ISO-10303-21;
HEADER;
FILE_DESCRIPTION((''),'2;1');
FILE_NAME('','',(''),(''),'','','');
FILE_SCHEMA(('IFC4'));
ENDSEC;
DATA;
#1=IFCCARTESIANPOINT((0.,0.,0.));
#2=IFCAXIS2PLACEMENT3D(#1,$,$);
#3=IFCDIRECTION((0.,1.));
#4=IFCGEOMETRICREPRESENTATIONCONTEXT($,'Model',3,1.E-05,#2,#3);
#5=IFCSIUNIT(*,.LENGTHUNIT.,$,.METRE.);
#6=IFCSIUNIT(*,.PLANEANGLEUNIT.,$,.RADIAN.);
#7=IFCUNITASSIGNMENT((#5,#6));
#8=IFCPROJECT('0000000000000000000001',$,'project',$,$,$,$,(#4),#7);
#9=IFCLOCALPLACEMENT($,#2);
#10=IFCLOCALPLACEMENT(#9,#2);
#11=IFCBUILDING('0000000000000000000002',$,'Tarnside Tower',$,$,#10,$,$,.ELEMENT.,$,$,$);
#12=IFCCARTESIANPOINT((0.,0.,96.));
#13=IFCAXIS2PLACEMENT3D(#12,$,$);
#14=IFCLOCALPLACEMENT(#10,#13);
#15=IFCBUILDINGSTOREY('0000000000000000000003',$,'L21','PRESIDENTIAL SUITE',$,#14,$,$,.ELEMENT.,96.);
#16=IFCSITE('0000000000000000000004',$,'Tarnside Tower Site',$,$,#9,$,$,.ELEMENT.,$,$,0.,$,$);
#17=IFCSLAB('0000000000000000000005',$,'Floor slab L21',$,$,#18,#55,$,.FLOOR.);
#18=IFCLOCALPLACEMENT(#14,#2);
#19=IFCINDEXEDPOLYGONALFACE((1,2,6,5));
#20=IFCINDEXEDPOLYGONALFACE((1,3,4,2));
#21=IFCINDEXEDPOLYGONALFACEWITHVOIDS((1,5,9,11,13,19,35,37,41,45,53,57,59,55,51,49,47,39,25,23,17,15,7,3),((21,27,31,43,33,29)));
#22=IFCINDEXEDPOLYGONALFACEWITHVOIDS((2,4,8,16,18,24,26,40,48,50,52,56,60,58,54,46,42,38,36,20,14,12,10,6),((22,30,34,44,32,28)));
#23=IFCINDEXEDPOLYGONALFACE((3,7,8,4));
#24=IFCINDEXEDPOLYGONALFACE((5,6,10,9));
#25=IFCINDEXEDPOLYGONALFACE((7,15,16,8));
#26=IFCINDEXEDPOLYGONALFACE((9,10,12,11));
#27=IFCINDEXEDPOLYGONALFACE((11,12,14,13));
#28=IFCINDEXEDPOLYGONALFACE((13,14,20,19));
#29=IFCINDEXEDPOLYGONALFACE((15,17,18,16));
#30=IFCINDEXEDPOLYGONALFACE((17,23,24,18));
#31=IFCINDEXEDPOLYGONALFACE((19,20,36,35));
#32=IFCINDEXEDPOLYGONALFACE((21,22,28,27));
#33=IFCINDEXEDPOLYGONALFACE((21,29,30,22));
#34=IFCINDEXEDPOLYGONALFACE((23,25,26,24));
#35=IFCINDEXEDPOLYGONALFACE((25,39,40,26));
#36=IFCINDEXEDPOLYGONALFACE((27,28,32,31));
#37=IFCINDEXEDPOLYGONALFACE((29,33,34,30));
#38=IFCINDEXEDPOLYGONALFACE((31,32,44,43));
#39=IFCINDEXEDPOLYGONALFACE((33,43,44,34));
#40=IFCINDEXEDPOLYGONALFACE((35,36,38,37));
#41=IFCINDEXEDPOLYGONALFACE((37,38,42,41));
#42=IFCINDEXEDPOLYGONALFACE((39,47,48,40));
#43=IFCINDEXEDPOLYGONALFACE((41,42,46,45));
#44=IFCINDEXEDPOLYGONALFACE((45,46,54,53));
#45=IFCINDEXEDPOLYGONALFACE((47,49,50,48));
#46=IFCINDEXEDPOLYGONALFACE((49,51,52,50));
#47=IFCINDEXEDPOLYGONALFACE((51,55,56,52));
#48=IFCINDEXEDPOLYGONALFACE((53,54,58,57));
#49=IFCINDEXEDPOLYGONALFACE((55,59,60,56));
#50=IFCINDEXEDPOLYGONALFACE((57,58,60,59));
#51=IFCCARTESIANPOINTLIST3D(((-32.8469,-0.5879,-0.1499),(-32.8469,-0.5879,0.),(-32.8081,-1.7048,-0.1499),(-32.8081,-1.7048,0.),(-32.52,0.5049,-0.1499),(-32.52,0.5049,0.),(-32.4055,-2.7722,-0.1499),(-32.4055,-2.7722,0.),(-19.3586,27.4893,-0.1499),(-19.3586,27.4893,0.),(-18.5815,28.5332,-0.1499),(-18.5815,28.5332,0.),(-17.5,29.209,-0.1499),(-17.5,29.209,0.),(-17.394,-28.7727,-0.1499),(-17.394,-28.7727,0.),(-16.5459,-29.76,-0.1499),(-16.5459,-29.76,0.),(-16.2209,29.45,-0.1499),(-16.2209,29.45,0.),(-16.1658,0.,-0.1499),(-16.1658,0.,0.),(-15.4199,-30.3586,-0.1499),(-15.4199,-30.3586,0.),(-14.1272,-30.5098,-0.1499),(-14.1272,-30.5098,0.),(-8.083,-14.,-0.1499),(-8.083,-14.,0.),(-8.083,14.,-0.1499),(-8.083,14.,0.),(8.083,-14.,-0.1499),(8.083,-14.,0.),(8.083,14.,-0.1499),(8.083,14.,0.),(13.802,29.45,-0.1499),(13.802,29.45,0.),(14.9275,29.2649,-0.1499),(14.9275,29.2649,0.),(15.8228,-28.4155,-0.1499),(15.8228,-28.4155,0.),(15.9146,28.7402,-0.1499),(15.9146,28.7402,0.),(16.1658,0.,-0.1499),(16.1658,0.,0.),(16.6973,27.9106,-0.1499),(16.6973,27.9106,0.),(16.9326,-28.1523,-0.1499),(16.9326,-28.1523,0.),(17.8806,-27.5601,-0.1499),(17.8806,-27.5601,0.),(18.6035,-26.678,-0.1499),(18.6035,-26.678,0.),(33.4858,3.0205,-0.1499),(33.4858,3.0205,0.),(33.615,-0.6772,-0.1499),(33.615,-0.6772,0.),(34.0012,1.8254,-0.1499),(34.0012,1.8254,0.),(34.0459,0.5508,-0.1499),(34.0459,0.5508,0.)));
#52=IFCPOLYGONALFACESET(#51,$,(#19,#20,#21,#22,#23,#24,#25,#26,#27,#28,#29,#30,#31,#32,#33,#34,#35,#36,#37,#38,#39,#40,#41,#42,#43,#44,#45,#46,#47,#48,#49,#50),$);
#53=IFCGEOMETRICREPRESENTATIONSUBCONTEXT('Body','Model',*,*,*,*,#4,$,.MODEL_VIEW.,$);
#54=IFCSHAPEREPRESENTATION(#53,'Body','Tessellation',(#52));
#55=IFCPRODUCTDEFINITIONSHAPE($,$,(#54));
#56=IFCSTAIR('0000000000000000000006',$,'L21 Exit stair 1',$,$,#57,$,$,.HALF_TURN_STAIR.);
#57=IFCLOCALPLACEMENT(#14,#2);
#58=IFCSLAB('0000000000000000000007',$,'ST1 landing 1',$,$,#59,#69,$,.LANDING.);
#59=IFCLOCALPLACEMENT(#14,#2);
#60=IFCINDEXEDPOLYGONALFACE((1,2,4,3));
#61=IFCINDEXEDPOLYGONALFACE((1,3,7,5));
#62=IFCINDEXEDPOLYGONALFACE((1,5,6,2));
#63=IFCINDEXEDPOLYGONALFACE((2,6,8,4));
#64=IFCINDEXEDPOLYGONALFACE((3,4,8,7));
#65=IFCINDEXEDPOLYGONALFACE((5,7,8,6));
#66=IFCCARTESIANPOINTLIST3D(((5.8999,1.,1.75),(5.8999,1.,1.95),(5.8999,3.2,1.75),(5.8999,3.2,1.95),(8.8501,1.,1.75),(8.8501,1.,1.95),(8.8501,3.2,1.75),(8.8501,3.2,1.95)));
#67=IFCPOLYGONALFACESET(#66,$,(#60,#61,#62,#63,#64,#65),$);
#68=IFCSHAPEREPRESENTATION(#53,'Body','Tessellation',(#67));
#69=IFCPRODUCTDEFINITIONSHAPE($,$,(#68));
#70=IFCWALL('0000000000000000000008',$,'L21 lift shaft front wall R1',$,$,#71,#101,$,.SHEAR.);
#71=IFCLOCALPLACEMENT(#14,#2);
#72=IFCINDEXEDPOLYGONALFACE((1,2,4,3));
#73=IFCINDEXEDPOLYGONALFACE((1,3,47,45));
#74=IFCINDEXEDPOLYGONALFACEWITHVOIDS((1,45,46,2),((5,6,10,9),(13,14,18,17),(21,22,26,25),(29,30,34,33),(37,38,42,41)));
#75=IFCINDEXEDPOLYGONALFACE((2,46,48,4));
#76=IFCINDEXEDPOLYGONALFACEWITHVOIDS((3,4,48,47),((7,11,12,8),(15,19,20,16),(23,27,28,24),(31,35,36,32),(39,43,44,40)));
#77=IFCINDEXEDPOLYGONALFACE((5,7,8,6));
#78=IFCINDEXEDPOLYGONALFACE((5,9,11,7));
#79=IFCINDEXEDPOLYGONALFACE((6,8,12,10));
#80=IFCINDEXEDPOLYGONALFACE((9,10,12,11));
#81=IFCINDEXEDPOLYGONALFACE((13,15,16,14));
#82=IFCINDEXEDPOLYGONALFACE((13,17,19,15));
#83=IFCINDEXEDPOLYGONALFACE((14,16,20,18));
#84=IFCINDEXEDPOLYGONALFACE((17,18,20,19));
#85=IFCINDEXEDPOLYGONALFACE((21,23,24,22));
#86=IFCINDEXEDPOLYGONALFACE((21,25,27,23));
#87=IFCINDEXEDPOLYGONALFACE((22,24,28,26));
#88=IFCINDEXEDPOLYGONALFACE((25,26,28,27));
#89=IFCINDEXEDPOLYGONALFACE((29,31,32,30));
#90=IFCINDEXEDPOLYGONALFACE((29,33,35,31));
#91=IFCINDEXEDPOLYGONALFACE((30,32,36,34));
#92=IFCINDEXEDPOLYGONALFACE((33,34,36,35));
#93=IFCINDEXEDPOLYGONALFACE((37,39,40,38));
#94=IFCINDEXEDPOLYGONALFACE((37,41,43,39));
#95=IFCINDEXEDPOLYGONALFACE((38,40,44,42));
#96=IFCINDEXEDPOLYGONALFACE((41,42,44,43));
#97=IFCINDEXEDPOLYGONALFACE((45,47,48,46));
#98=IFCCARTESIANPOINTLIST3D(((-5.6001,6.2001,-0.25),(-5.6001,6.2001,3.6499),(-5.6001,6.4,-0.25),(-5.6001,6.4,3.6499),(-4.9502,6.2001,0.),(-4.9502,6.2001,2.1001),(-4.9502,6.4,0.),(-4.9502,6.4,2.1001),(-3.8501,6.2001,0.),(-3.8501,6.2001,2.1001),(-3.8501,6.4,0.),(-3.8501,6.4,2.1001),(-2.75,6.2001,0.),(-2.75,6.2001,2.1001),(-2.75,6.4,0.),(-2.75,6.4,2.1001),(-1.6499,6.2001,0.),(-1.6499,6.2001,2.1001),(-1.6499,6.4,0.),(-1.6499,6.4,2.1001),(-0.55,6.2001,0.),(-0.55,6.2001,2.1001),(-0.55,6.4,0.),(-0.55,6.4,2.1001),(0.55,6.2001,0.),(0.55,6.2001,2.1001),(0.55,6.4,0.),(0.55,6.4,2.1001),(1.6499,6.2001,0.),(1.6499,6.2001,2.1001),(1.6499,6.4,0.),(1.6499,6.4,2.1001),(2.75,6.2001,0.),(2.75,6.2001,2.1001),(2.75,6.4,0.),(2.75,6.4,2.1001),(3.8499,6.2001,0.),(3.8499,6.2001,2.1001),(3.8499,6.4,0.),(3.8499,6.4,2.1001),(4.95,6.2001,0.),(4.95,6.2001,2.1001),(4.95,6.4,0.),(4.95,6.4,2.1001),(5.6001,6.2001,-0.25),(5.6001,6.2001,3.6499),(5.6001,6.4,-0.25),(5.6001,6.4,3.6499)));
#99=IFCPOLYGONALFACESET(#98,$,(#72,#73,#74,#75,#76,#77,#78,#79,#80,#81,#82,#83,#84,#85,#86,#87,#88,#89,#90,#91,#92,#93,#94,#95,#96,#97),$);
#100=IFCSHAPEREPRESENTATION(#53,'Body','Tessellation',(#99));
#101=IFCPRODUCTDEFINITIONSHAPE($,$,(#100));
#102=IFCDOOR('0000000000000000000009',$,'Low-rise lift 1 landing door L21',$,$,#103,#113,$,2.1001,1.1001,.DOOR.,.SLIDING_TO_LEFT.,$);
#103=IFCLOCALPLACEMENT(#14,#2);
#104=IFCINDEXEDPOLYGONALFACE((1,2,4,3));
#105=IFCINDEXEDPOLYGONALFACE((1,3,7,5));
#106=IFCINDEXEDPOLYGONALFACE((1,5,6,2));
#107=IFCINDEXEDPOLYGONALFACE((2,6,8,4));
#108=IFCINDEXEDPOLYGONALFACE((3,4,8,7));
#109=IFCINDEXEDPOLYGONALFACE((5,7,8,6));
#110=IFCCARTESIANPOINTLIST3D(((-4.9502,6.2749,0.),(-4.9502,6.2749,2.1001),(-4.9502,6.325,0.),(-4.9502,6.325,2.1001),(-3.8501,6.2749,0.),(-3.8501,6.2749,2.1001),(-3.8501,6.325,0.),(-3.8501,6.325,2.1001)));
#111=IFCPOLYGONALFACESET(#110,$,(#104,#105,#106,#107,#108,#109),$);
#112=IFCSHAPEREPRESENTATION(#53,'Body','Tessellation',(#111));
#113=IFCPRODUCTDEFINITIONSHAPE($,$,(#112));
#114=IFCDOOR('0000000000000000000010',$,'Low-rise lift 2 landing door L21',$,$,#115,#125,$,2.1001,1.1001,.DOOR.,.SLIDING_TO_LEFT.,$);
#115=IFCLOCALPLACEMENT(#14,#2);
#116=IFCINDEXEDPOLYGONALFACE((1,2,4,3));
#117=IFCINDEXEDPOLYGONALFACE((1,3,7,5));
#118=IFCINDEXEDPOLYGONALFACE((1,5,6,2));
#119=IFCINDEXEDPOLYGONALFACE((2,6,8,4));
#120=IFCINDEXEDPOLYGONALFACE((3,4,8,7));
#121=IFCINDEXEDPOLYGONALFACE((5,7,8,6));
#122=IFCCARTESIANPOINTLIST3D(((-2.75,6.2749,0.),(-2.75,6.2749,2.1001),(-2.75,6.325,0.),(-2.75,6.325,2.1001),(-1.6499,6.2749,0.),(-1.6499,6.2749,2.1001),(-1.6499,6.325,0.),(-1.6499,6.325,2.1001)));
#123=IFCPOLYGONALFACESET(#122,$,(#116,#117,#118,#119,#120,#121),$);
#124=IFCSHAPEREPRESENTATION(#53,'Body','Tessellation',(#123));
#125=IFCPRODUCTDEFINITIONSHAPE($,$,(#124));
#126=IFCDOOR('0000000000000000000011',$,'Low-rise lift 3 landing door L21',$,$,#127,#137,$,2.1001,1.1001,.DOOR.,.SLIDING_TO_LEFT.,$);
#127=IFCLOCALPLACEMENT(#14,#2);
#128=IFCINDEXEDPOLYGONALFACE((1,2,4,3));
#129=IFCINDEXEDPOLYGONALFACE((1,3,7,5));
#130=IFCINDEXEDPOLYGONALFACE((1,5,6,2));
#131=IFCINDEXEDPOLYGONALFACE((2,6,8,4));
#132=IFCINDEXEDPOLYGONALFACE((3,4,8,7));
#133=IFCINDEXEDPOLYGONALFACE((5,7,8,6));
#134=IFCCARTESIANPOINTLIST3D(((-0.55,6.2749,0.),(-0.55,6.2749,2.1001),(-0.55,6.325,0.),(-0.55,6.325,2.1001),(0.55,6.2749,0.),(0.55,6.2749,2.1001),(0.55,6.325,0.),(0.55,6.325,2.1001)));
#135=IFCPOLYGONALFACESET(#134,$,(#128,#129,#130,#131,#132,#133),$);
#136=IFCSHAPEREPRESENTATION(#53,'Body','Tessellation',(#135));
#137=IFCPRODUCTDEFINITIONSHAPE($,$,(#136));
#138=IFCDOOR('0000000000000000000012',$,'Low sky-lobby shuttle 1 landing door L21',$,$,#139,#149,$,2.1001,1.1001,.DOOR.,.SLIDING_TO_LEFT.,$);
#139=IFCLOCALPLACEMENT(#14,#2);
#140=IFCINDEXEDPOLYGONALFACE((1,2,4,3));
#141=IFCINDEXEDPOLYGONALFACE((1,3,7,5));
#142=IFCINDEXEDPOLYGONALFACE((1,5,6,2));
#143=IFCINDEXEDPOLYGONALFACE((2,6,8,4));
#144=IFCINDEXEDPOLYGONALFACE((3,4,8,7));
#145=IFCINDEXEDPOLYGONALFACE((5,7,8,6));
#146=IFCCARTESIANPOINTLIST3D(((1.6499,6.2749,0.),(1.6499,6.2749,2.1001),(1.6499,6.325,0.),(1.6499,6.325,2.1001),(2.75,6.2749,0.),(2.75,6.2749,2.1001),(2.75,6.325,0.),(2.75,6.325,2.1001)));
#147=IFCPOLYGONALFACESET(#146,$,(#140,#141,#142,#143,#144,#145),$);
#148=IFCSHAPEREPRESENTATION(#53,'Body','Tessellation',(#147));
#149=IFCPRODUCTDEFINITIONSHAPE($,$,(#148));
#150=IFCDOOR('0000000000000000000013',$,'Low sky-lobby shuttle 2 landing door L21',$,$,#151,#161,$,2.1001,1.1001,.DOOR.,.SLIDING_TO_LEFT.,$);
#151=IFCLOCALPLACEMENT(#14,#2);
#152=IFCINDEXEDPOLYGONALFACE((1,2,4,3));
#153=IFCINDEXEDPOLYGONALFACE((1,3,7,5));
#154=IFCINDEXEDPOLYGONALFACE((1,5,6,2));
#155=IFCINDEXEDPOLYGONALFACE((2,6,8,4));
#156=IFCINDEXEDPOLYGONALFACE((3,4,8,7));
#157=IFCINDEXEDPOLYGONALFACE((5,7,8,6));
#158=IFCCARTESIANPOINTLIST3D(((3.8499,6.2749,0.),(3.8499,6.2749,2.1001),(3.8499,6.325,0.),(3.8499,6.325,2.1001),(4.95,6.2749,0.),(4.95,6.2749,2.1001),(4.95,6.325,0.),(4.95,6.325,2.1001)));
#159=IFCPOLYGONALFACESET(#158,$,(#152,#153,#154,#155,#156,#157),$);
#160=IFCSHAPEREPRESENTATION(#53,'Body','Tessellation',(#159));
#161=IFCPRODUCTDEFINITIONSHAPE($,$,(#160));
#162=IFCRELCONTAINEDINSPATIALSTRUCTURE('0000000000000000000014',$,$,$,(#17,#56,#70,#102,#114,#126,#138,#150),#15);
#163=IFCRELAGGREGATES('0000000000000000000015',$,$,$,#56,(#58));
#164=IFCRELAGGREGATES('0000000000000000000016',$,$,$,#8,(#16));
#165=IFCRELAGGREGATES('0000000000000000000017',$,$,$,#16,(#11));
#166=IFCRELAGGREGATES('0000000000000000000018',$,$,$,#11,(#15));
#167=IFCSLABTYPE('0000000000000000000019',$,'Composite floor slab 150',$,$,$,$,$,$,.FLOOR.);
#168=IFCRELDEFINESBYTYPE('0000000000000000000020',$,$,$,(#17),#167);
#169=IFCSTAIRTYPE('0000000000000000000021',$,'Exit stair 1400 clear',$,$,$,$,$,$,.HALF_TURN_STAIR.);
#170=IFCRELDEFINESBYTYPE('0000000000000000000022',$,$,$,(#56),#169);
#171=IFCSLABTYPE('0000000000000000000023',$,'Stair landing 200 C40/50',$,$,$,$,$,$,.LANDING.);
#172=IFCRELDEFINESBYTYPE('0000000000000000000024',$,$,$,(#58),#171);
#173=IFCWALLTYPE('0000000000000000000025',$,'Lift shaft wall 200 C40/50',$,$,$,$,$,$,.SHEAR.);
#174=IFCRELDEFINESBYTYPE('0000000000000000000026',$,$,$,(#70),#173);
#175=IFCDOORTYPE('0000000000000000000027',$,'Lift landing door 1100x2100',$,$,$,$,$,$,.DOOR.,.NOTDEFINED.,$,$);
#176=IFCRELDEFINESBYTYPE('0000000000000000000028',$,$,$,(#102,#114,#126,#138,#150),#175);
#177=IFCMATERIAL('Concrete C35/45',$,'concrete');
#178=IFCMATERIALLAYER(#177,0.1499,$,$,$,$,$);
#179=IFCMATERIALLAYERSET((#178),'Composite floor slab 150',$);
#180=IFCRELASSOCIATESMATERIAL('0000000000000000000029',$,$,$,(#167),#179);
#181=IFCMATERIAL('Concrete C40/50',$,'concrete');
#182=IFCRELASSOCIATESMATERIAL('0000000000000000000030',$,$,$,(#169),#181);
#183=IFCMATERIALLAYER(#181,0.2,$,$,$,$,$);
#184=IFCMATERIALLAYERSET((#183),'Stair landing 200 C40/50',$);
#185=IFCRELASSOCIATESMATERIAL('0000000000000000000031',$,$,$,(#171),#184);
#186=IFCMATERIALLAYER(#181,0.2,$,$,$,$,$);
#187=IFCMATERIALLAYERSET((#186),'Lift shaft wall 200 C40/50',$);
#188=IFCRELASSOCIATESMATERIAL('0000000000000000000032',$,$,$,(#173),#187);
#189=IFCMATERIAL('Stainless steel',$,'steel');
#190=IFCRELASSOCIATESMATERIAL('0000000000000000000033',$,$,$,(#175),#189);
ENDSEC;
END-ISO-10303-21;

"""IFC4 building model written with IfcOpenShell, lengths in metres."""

from ifc_helpers import new_model, si_unit, direction, frame, frame_2d, origin, place, context, subcontext, project, spatial, polyline, rectangle, outline, extrude, material, layer, layer_set, type_object, element, fill, aggregate, save


model = new_model("IFC4")

# Units and contexts
model_context = context("Model", 3, precision=1e-05, world=origin(), true_north=direction((0.0, 1.0)))
body_context = subcontext(model_context, "Body", "Model", "MODEL_VIEW")
ifc_project = project(units=[si_unit("LENGTHUNIT", "METRE"), si_unit("PLANEANGLEUNIT", "RADIAN")], contexts=[model_context])

# Site, building, storey
site_placement = place(None, origin())
site = spatial("IfcSite", under=ifc_project, at=site_placement, Name="Tarnside Tower Site", CompositionType="ELEMENT", RefElevation=0.0)
building_placement = place(site_placement, origin())
building = spatial("IfcBuilding", under=site, at=building_placement, Name="Tarnside Tower", CompositionType="ELEMENT")
storey_placement = place(building_placement, frame((0.0, 0.0, 96.0)))
storey = spatial("IfcBuildingStorey", under=building, at=storey_placement, Name="L21", Description="PRESIDENTIAL SUITE", CompositionType="ELEMENT", Elevation=96.0)

# Slab
ifc_material_1 = material(Name="Concrete C35/45", Category="concrete")
ifc_layer_1 = layer(ifc_material_1, 0.1499)
ifc_layer_set_1 = layer_set([ifc_layer_1], Name="Composite floor slab 150")
slab_type_1 = type_object("IfcSlabType", Name="Composite floor slab 150", PredefinedType="FLOOR", material=ifc_layer_set_1)
slab_1_placement = place(storey_placement, frame((0.0, 0.0, -0.1499)))
element("IfcSlab", 1, at=slab_1_placement, inside=storey, type_object=slab_type_1, Name="Floor slab L21", PredefinedType="FLOOR", context=body_context, shape_type="SweptSolid", body=[
    extrude(outline(polyline([(14.9275, 29.2649), (15.9146, 28.7402), (16.6973, 27.9106), (33.4858, 3.0205), (34.0012, 1.8254), (34.0459, 0.5508), (33.615, -0.6772), (18.6035, -26.678), (17.8806, -27.5601), (16.9326, -28.1523), (15.8228, -28.4155), (-14.1272, -30.5098), (-15.4199, -30.3586), (-16.5459, -29.76), (-17.394, -28.7727), (-32.4055, -2.7722), (-32.8081, -1.7048), (-32.8469, -0.5879), (-32.52, 0.5049), (-19.3586, 27.4893), (-18.5815, 28.5332), (-17.5, 29.209), (-16.2209, 29.45), (13.802, 29.45), (14.9275, 29.2649)]), holes=[polyline([(-16.1658, 0.0), (-8.083, -14.0), (8.083, -14.0), (16.1658, 0.0), (8.083, 14.0), (-8.083, 14.0), (-16.1658, 0.0)])]), origin(), (0.0, 0.0, 1.0), 0.1499),
])

# Stair, slab
ifc_material_2 = material(Name="Concrete C40/50", Category="concrete")
stair_type = type_object("IfcStairType", Name="Exit stair 1400 clear", PredefinedType="HALF_TURN_STAIR", material=ifc_material_2)
stair_placement = place(storey_placement, origin())
stair = element("IfcStair", 2, at=stair_placement, inside=storey, type_object=stair_type, Name="L21 Exit stair 1", PredefinedType="HALF_TURN_STAIR")
ifc_layer_2 = layer(ifc_material_2, 0.2)
ifc_layer_set_2 = layer_set([ifc_layer_2], Name="Stair landing 200 C40/50")
slab_type_2 = type_object("IfcSlabType", Name="Stair landing 200 C40/50", PredefinedType="LANDING", material=ifc_layer_set_2)
slab_2_placement = place(storey_placement, frame((0.0, 0.0, 1.75)))
slab_2 = element("IfcSlab", 3, at=slab_2_placement, type_object=slab_type_2, Name="ST1 landing 1", PredefinedType="LANDING", context=body_context, shape_type="SweptSolid", body=[
    extrude(outline(polyline([(8.8501, 1.0), (8.8501, 3.2), (5.8999, 3.2), (5.8999, 1.0), (8.8501, 1.0)])), origin(), (0.0, 0.0, 1.0), 0.2),
])
aggregate(stair, [slab_2])

# Wall, openings, doors
ifc_layer_3 = layer(ifc_material_2, 0.2)
ifc_layer_set_3 = layer_set([ifc_layer_3], Name="Lift shaft wall 200 C40/50")
wall_type = type_object("IfcWallType", Name="Lift shaft wall 200 C40/50", PredefinedType="SHEAR", material=ifc_layer_set_3)
wall_placement = place(storey_placement, frame((-5.6001, 6.3, -0.25), z_axis=(0.0, 0.0, 1.0), x_axis=(1.0, 0.0, 0.0)))
wall = element("IfcWall", 4, at=wall_placement, inside=storey, type_object=wall_type, Name="L21 lift shaft front wall R1", PredefinedType="SHEAR", context=body_context, shape_type="SweptSolid", body=[
    extrude(rectangle(XDim=11.2002, YDim=0.2, at=frame_2d((5.6001, 0.0))), origin(), (0.0, 0.0, 1.0), 3.8999),
])
opening_1_placement = place(wall_placement, frame((0.6499, 0.0, 0.25)))
opening_1 = element("IfcOpeningElement", 5, at=opening_1_placement, cuts=wall, PredefinedType="OPENING", context=body_context, shape_type="SweptSolid", body=[
    extrude(rectangle(XDim=1.1001, YDim=2.1001, at=frame_2d((0.55, 1.05))), frame((0.0, 0.1099, 0.0), z_axis=(0.0, -1.0, 0.0), x_axis=(1.0, 0.0, 0.0)), (0.0, 0.0, 1.0), 0.22),
])
opening_2_placement = place(wall_placement, frame((2.8501, 0.0, 0.25)))
opening_2 = element("IfcOpeningElement", 6, at=opening_2_placement, cuts=wall, PredefinedType="OPENING", context=body_context, shape_type="SweptSolid", body=[
    extrude(rectangle(XDim=1.1001, YDim=2.1001, at=frame_2d((0.55, 1.05))), frame((0.0, 0.1099, 0.0), z_axis=(0.0, -1.0, 0.0), x_axis=(1.0, 0.0, 0.0)), (0.0, 0.0, 1.0), 0.22),
])
opening_3_placement = place(wall_placement, frame((5.05, 0.0, 0.25)))
opening_3 = element("IfcOpeningElement", 7, at=opening_3_placement, cuts=wall, PredefinedType="OPENING", context=body_context, shape_type="SweptSolid", body=[
    extrude(rectangle(XDim=1.1001, YDim=2.1001, at=frame_2d((0.55, 1.05))), frame((0.0, 0.1099, 0.0), z_axis=(0.0, -1.0, 0.0), x_axis=(1.0, 0.0, 0.0)), (0.0, 0.0, 1.0), 0.22),
])
opening_4_placement = place(wall_placement, frame((7.25, 0.0, 0.25)))
opening_4 = element("IfcOpeningElement", 8, at=opening_4_placement, cuts=wall, PredefinedType="OPENING", context=body_context, shape_type="SweptSolid", body=[
    extrude(rectangle(XDim=1.1001, YDim=2.1001, at=frame_2d((0.55, 1.05))), frame((0.0, 0.1099, 0.0), z_axis=(0.0, -1.0, 0.0), x_axis=(1.0, 0.0, 0.0)), (0.0, 0.0, 1.0), 0.22),
])
opening_5_placement = place(wall_placement, frame((9.45, 0.0, 0.25)))
opening_5 = element("IfcOpeningElement", 9, at=opening_5_placement, cuts=wall, PredefinedType="OPENING", context=body_context, shape_type="SweptSolid", body=[
    extrude(rectangle(XDim=1.1001, YDim=2.1001, at=frame_2d((0.55, 1.05))), frame((0.0, 0.1099, 0.0), z_axis=(0.0, -1.0, 0.0), x_axis=(1.0, 0.0, 0.0)), (0.0, 0.0, 1.0), 0.22),
])
ifc_material_3 = material(Name="Stainless steel", Category="steel")
door_type = type_object("IfcDoorType", Name="Lift landing door 1100x2100", OperationType="NOTDEFINED", PredefinedType="DOOR", material=ifc_material_3)
door_1_placement = place(opening_1_placement, origin())
door_1 = element("IfcDoor", 10, at=door_1_placement, inside=storey, type_object=door_type, Name="Low-rise lift 1 landing door L21", OperationType="SLIDING_TO_LEFT", OverallHeight=2.1001, OverallWidth=1.1001, PredefinedType="DOOR", context=body_context, shape_type="SweptSolid", body=[
    extrude(rectangle(XDim=1.1001, YDim=2.1001, at=frame_2d((0.55, 1.05))), frame((0.0, 0.0249, 0.0), z_axis=(0.0, -1.0, 0.0), x_axis=(1.0, 0.0, 0.0)), (0.0, 0.0, 1.0), 0.05),
])
fill(opening_1, door_1)
door_2_placement = place(opening_2_placement, origin())
door_2 = element("IfcDoor", 11, at=door_2_placement, inside=storey, type_object=door_type, Name="Low-rise lift 2 landing door L21", OperationType="SLIDING_TO_LEFT", OverallHeight=2.1001, OverallWidth=1.1001, PredefinedType="DOOR", context=body_context, shape_type="SweptSolid", body=[
    extrude(rectangle(XDim=1.1001, YDim=2.1001, at=frame_2d((0.55, 1.05))), frame((0.0, 0.0249, 0.0), z_axis=(0.0, -1.0, 0.0), x_axis=(1.0, 0.0, 0.0)), (0.0, 0.0, 1.0), 0.05),
])
fill(opening_2, door_2)
door_3_placement = place(opening_3_placement, origin())
door_3 = element("IfcDoor", 12, at=door_3_placement, inside=storey, type_object=door_type, Name="Low-rise lift 3 landing door L21", OperationType="SLIDING_TO_LEFT", OverallHeight=2.1001, OverallWidth=1.1001, PredefinedType="DOOR", context=body_context, shape_type="SweptSolid", body=[
    extrude(rectangle(XDim=1.1001, YDim=2.1001, at=frame_2d((0.55, 1.05))), frame((0.0, 0.0249, 0.0), z_axis=(0.0, -1.0, 0.0), x_axis=(1.0, 0.0, 0.0)), (0.0, 0.0, 1.0), 0.05),
])
fill(opening_3, door_3)
door_4_placement = place(opening_4_placement, origin())
door_4 = element("IfcDoor", 13, at=door_4_placement, inside=storey, type_object=door_type, Name="Low sky-lobby shuttle 1 landing door L21", OperationType="SLIDING_TO_LEFT", OverallHeight=2.1001, OverallWidth=1.1001, PredefinedType="DOOR", context=body_context, shape_type="SweptSolid", body=[
    extrude(rectangle(XDim=1.1001, YDim=2.1001, at=frame_2d((0.55, 1.05))), frame((0.0, 0.0249, 0.0), z_axis=(0.0, -1.0, 0.0), x_axis=(1.0, 0.0, 0.0)), (0.0, 0.0, 1.0), 0.05),
])
fill(opening_4, door_4)
door_5_placement = place(opening_5_placement, origin())
door_5 = element("IfcDoor", 14, at=door_5_placement, inside=storey, type_object=door_type, Name="Low sky-lobby shuttle 2 landing door L21", OperationType="SLIDING_TO_LEFT", OverallHeight=2.1001, OverallWidth=1.1001, PredefinedType="DOOR", context=body_context, shape_type="SweptSolid", body=[
    extrude(rectangle(XDim=1.1001, YDim=2.1001, at=frame_2d((0.55, 1.05))), frame((0.0, 0.0249, 0.0), z_axis=(0.0, -1.0, 0.0), x_axis=(1.0, 0.0, 0.0)), (0.0, 0.0, 1.0), 0.05),
])
fill(opening_5, door_5)

save(model, "model.ifc")
